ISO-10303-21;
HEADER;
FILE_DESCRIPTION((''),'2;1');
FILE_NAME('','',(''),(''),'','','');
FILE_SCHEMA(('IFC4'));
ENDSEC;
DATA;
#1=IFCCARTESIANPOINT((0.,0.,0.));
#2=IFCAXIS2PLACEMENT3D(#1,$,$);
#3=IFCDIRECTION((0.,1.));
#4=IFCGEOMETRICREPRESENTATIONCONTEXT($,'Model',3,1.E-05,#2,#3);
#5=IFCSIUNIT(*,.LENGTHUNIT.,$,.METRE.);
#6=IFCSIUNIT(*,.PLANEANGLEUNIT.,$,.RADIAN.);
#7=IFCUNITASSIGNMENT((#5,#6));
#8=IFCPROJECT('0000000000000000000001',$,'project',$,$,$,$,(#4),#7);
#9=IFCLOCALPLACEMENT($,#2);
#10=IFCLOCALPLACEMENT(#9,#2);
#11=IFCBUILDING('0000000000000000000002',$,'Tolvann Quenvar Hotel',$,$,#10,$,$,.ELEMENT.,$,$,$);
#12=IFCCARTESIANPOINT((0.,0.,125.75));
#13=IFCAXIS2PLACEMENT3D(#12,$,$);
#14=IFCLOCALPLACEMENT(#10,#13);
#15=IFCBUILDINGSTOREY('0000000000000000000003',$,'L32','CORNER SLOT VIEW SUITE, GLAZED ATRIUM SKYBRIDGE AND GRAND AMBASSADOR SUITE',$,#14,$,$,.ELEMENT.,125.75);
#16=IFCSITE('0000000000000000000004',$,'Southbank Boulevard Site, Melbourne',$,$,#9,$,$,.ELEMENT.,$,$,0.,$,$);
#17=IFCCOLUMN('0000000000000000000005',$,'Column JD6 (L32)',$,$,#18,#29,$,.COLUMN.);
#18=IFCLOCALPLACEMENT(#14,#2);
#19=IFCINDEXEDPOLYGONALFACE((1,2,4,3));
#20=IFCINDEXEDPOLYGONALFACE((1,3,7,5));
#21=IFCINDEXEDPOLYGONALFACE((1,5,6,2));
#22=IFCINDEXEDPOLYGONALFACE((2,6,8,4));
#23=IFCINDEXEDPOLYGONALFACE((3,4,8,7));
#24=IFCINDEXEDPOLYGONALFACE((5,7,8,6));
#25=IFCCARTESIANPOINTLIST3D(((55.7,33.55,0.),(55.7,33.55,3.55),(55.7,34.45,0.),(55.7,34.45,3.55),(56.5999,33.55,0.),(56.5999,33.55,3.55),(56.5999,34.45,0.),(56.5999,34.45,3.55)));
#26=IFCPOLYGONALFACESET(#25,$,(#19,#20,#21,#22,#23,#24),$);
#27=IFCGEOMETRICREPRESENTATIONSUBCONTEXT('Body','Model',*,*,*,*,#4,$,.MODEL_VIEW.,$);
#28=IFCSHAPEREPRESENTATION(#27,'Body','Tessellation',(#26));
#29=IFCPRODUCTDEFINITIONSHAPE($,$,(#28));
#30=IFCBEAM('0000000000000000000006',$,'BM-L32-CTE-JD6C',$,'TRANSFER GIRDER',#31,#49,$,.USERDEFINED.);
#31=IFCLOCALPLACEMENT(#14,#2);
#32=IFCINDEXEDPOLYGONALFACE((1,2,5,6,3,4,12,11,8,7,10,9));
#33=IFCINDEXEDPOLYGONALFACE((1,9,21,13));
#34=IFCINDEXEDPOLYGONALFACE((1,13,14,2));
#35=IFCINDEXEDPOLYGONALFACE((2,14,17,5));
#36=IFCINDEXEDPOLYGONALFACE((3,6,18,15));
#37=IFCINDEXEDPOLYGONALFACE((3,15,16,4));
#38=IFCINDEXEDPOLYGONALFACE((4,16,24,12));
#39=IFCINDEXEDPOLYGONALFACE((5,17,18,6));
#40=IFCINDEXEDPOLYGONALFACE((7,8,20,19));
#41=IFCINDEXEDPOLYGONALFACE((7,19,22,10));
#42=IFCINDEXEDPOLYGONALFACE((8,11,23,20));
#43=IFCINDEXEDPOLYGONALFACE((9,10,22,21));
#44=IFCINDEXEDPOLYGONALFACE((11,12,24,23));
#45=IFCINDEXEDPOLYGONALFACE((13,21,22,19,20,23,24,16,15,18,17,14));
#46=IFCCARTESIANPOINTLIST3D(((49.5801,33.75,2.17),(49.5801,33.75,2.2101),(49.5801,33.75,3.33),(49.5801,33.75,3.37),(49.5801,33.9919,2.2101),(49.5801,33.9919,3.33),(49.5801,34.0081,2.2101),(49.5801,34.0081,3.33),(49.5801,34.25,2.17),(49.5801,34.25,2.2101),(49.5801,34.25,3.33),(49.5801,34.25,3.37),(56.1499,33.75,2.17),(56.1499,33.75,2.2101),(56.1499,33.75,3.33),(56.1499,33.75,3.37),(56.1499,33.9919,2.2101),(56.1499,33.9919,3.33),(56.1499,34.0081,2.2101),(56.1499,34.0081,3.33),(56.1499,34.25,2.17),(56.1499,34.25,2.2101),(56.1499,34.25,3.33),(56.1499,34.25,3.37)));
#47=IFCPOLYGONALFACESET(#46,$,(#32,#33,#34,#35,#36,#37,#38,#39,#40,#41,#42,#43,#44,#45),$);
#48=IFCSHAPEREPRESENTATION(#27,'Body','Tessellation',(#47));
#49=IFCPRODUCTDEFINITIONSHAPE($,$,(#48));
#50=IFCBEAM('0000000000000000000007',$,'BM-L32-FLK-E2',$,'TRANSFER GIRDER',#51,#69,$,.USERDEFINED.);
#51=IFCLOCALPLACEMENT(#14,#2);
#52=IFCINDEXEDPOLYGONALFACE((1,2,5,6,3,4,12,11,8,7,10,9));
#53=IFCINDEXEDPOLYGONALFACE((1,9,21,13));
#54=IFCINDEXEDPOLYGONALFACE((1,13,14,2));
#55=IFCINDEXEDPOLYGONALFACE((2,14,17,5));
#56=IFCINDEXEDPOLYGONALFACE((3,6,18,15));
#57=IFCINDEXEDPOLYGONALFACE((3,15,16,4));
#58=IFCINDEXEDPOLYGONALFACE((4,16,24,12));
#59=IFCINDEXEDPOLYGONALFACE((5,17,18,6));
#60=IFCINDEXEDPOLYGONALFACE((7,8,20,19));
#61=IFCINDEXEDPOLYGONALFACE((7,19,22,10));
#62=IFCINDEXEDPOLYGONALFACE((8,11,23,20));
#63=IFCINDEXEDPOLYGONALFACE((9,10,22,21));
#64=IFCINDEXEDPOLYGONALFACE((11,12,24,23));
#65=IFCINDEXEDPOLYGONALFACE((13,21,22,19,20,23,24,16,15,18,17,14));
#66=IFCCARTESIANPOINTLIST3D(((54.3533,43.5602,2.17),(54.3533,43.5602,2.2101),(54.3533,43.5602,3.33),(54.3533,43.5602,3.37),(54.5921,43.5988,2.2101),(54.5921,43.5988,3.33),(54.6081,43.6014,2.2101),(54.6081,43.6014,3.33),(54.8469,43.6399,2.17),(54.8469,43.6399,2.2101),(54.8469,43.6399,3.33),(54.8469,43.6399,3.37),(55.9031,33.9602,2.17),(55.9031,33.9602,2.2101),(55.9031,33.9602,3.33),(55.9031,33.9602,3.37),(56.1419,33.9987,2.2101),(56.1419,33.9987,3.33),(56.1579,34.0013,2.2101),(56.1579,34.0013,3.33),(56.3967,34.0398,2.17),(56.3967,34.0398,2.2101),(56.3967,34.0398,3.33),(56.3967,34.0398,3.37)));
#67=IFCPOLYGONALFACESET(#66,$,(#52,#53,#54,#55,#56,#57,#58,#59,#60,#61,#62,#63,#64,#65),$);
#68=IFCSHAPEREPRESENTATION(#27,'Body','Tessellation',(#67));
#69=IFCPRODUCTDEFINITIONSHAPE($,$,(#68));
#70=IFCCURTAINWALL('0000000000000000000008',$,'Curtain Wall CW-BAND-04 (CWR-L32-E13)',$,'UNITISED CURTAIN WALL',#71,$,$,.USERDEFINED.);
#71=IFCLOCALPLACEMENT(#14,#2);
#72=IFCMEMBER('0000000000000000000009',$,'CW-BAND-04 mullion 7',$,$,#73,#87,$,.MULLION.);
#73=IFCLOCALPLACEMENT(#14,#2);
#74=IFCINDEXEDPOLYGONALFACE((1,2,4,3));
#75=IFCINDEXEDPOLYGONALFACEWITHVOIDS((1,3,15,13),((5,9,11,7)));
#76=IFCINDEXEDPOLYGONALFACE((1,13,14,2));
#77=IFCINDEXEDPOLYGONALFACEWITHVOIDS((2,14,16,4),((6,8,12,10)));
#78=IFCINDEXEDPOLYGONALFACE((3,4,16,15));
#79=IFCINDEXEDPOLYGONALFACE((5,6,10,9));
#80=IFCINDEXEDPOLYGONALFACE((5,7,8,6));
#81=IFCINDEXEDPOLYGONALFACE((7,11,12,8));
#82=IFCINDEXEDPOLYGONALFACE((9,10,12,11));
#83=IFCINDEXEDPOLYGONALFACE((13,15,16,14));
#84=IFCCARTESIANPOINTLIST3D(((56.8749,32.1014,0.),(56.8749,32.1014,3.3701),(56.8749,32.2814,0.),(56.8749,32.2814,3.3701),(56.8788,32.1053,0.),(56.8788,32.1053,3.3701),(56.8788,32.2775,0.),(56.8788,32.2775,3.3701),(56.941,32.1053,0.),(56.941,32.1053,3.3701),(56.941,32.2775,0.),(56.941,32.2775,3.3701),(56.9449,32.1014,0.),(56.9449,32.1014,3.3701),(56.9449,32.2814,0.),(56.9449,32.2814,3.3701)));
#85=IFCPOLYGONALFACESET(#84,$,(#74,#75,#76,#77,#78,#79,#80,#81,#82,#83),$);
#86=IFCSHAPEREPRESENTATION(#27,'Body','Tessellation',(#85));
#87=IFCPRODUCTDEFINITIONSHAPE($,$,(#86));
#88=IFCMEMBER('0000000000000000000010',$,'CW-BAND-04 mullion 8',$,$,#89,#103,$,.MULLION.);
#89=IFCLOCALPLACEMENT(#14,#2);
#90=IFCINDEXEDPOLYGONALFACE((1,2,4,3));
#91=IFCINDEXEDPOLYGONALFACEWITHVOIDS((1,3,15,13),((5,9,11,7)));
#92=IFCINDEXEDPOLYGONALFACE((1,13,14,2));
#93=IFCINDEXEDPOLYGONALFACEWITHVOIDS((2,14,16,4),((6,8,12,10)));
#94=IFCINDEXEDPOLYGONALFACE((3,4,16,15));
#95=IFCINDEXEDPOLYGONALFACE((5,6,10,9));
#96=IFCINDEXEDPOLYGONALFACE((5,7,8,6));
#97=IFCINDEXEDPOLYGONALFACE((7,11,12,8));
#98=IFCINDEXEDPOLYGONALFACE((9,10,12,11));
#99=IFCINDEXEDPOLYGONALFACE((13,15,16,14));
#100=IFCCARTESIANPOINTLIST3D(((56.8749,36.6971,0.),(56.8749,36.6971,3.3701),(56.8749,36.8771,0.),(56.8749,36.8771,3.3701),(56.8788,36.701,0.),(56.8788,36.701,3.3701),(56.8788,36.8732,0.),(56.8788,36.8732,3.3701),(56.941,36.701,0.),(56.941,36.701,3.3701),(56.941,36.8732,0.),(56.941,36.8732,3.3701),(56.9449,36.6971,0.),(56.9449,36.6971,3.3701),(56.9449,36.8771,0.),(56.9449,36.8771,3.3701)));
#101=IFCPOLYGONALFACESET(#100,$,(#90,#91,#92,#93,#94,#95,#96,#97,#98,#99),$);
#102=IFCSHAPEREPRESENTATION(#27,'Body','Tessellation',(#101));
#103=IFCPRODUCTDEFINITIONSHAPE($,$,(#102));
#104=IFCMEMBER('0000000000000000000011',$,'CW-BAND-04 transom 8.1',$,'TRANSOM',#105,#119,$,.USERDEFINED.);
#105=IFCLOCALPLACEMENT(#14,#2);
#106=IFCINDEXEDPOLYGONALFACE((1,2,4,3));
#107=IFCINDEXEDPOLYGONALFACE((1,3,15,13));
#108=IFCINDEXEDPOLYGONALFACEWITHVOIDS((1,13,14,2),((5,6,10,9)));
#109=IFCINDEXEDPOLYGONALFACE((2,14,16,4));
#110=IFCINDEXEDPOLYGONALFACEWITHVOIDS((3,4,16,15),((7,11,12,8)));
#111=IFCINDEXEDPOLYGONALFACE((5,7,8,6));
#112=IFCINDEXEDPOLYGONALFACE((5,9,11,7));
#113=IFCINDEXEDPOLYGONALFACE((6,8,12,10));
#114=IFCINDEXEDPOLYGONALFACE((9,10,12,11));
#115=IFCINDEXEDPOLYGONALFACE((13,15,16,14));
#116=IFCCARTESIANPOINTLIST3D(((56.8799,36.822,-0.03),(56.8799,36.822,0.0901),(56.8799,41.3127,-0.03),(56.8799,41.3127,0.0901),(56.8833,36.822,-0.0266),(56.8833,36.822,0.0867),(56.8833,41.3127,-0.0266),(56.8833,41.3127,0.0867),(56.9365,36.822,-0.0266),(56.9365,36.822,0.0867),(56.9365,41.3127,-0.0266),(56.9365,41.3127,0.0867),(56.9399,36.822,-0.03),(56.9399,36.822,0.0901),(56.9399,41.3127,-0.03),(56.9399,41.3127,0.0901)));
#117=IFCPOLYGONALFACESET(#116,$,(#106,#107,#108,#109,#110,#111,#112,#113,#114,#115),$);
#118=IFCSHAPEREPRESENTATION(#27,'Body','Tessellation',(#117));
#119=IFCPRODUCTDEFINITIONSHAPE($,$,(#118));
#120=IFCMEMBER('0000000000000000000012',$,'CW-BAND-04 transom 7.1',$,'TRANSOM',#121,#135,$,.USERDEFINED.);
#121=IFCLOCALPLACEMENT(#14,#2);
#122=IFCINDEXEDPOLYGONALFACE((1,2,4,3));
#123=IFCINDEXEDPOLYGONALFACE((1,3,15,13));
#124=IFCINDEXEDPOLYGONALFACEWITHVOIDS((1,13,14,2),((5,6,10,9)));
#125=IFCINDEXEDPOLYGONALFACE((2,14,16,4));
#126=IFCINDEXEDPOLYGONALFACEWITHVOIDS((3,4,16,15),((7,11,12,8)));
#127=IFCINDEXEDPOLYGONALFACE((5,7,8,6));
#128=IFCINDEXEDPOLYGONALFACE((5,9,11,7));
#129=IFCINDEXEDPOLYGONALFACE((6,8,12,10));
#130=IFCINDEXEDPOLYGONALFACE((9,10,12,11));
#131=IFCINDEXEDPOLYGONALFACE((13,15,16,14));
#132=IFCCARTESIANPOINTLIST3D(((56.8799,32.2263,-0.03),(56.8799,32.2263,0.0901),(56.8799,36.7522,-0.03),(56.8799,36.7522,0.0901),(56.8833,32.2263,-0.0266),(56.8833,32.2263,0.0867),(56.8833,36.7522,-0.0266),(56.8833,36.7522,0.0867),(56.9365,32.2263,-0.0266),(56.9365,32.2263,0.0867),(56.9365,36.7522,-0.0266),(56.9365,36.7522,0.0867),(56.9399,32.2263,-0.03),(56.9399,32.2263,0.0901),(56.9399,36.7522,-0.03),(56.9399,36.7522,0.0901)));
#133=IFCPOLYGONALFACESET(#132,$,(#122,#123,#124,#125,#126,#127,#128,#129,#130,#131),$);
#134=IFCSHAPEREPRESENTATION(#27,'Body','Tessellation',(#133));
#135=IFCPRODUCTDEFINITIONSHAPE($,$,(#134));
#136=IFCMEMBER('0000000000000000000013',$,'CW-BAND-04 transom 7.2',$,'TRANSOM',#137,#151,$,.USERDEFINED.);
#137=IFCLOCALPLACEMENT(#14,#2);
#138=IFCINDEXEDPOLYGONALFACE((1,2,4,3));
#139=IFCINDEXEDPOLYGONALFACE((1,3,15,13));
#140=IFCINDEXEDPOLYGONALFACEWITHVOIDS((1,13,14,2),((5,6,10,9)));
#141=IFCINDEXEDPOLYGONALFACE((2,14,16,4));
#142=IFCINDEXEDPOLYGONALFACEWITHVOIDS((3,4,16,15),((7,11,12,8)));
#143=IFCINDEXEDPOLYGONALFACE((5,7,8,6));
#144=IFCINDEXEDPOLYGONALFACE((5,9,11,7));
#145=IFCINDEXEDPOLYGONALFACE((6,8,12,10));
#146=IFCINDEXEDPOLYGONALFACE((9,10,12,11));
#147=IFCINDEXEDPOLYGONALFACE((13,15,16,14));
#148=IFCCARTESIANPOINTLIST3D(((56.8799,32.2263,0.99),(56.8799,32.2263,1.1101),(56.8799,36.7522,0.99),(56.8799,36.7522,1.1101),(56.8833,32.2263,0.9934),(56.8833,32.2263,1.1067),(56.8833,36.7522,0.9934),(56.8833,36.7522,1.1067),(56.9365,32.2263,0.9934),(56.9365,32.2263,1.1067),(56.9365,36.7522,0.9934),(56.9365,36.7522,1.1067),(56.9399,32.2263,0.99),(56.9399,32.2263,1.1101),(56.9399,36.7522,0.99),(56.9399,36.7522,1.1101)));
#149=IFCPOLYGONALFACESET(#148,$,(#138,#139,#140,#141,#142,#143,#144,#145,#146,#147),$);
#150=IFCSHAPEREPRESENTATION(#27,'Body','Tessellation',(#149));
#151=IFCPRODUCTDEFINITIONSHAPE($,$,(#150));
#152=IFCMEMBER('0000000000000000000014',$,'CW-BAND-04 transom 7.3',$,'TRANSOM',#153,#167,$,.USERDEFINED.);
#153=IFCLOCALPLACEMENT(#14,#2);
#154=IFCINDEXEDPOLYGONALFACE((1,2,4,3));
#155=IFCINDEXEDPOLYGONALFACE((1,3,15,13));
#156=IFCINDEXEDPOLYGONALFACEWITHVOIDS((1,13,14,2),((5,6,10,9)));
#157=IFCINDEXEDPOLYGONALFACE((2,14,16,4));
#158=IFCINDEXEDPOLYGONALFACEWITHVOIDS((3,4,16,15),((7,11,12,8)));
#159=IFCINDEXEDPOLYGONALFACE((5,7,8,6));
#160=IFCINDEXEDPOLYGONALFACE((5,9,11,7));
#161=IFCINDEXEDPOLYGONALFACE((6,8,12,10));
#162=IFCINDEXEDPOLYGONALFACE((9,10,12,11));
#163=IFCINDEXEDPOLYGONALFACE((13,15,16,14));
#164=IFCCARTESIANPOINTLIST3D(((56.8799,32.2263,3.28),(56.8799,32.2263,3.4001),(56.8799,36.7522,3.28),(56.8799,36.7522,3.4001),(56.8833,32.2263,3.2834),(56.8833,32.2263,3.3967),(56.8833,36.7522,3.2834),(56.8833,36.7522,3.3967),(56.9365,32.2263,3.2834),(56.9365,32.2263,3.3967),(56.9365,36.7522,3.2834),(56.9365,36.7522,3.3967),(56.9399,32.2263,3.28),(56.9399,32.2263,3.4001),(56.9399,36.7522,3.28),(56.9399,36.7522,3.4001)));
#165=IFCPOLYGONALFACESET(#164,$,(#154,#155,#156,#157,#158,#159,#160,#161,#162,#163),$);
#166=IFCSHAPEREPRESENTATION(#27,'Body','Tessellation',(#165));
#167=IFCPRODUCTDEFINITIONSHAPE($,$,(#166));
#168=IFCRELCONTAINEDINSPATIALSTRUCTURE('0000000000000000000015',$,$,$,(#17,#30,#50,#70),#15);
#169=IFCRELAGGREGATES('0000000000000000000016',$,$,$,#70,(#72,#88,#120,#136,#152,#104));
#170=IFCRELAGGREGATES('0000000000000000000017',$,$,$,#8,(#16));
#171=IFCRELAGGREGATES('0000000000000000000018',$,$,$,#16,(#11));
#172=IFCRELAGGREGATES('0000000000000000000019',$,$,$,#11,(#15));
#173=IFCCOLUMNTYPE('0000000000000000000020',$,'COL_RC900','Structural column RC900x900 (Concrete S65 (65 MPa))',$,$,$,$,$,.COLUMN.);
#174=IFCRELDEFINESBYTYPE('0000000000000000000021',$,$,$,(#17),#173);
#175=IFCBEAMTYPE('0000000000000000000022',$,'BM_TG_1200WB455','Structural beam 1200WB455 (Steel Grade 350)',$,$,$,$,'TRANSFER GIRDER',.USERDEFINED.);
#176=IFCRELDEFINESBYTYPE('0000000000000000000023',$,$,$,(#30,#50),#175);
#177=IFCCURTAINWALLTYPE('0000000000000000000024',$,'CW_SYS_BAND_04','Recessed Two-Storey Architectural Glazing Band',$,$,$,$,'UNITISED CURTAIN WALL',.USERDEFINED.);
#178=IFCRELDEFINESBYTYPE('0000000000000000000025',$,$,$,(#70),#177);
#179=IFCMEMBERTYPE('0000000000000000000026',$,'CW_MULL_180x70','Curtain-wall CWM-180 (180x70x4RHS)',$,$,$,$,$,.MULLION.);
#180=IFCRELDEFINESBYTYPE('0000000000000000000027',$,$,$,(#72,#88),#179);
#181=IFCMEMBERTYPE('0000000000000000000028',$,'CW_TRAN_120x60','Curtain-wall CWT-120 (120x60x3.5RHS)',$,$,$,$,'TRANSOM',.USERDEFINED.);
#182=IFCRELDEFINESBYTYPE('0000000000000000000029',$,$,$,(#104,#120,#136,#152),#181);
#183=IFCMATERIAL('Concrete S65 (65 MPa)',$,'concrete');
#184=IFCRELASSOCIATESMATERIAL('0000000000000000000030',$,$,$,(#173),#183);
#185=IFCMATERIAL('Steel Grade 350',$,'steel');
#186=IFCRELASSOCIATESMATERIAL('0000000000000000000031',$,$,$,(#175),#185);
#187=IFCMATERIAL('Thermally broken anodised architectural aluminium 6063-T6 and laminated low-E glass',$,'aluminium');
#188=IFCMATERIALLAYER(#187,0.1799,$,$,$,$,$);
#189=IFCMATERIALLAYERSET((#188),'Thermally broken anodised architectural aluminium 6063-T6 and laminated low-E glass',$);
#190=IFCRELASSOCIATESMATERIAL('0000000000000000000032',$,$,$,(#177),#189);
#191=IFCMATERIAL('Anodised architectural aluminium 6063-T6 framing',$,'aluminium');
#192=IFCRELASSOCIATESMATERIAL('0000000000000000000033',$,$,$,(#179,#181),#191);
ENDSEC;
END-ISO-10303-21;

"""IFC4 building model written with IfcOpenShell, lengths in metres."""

from ifc_helpers import new_model, si_unit, direction, frame, origin, origin_2d, place, context, subcontext, project, spatial, rectangle, hollow_rectangle, i_section, extrude, source, transform, mapped, material, layer, layer_set, material_profile, profile_set, type_object, type_shapes, element, aggregate, save


model = new_model("IFC4")

# Units and contexts
model_context = context("Model", 3, precision=1e-05, world=origin(), true_north=direction((0.0, 1.0)))
body_context = subcontext(model_context, "Body", "Model", "MODEL_VIEW")
ifc_project = project(units=[si_unit("LENGTHUNIT", "METRE"), si_unit("PLANEANGLEUNIT", "RADIAN")], contexts=[model_context])

# Site, building, storey
site_placement = place(None, origin())
site = spatial("IfcSite", under=ifc_project, at=site_placement, Name="Southbank Boulevard Site, Melbourne", CompositionType="ELEMENT", RefElevation=0.0)
building_placement = place(site_placement, origin())
building = spatial("IfcBuilding", under=site, at=building_placement, Name="Tolvann Quenvar Hotel", CompositionType="ELEMENT")
storey_placement = place(building_placement, frame((0.0, 0.0, 125.75)))
storey = spatial("IfcBuildingStorey", under=building, at=storey_placement, Name="L32", Description="CORNER SLOT VIEW SUITE, GLAZED ATRIUM SKYBRIDGE AND GRAND AMBASSADOR SUITE", CompositionType="ELEMENT", Elevation=125.75)

# Column
ifc_material_1 = material(Name="Concrete S65 (65 MPa)", Category="concrete")
ifc_material_profile_1 = material_profile(ifc_material_1, rectangle(XDim=0.8999, YDim=0.8999, at=origin_2d()), Name="RC900x900")
ifc_profile_set_1 = profile_set([ifc_material_profile_1], Name="Concrete S65 (65 MPa)")
column_type = type_object("IfcColumnType", Name="COL_RC900", Description="Structural column RC900x900 (Concrete S65 (65 MPa))", PredefinedType="COLUMN", material=ifc_profile_set_1)
shared_shape_1 = source(origin(), body_context, "Body", "SweptSolid", [
    extrude(rectangle(XDim=0.8999, YDim=0.8999, at=origin_2d()), origin(), (0.0, 0.0, 1.0), 3.55),
])
type_shapes(column_type, [shared_shape_1])
column_placement = place(storey_placement, frame((56.1499, 34.0, 0.0), z_axis=(0.0, 0.0, 1.0), x_axis=(1.0, 0.0, 0.0)))
element("IfcColumn", 1, at=column_placement, inside=storey, type_object=column_type, Name="Column JD6 (L32)", PredefinedType="COLUMN", context=body_context, shape_type="MappedRepresentation", body=[
    mapped(shared_shape_1, transform((0.0, 0.0, 0.0), x_axis=(1.0, 0.0, 0.0), y_axis=(0.0, 1.0, 0.0), z_axis=(0.0, 0.0, 1.0), scale=1.0)),
])

# Beams
ifc_material_2 = material(Name="Steel Grade 350", Category="steel")
ifc_material_profile_2 = material_profile(ifc_material_2, i_section(OverallWidth=0.5, OverallDepth=1.2, WebThickness=0.0161, FlangeThickness=0.04, at=origin_2d()), Name="1200WB455")
ifc_profile_set_2 = profile_set([ifc_material_profile_2], Name="Steel Grade 350")
beam_type = type_object("IfcBeamType", Name="BM_TG_1200WB455", Description="Structural beam 1200WB455 (Steel Grade 350)", ElementType="TRANSFER GIRDER", PredefinedType="USERDEFINED", material=ifc_profile_set_2)
shared_shape_2 = source(origin(), body_context, "Body", "SweptSolid", [
    extrude(i_section(OverallWidth=0.5, OverallDepth=1.2, WebThickness=0.0161, FlangeThickness=0.04, at=origin_2d()), origin(), (0.0, 0.0, 1.0), 6.5698),
])
beam_1_placement = place(storey_placement, frame((49.5801, 34.0, 2.77), z_axis=(1.0, 0.0, 0.0), x_axis=(0.0, 1.0, 0.0)))
element("IfcBeam", 2, at=beam_1_placement, inside=storey, type_object=beam_type, Name="BM-L32-CTE-JD6C", ObjectType="TRANSFER GIRDER", PredefinedType="USERDEFINED", context=body_context, shape_type="MappedRepresentation", body=[
    mapped(shared_shape_2, transform((0.0, 0.0, 0.0), x_axis=(1.0, 0.0, 0.0), y_axis=(0.0, 1.0, 0.0), z_axis=(0.0, 0.0, 1.0), scale=1.0)),
])
shared_shape_3 = source(origin(), body_context, "Body", "SweptSolid", [
    extrude(i_section(OverallWidth=0.5, OverallDepth=1.2, WebThickness=0.0161, FlangeThickness=0.04, at=origin_2d()), origin(), (0.0, 0.0, 1.0), 9.7244),
])
type_shapes(beam_type, [shared_shape_2, shared_shape_3])
beam_2_placement = place(storey_placement, frame((56.1499, 34.0, 2.77), z_axis=(-0.159373, 0.987218, 0.0), x_axis=(-0.987218, -0.159373, 0.0)))
element("IfcBeam", 3, at=beam_2_placement, inside=storey, type_object=beam_type, Name="BM-L32-FLK-E2", ObjectType="TRANSFER GIRDER", PredefinedType="USERDEFINED", context=body_context, shape_type="MappedRepresentation", body=[
    mapped(shared_shape_3, transform((0.0, 0.0, 0.0), x_axis=(1.0, 0.0, 0.0), y_axis=(0.0, 1.0, 0.0), z_axis=(0.0, 0.0, 1.0), scale=1.0)),
])

# Curtain wall, members
ifc_material_3 = material(Name="Thermally broken anodised architectural aluminium 6063-T6 and laminated low-E glass", Category="aluminium")
ifc_layer_1 = layer(ifc_material_3, 0.1799)
ifc_layer_set_1 = layer_set([ifc_layer_1], Name="Thermally broken anodised architectural aluminium 6063-T6 and laminated low-E glass")
curtain_wall_type = type_object("IfcCurtainWallType", Name="CW_SYS_BAND_04", Description="Recessed Two-Storey Architectural Glazing Band", ElementType="UNITISED CURTAIN WALL", PredefinedType="USERDEFINED", material=ifc_layer_set_1)
curtain_wall_placement = place(storey_placement, origin())
curtain_wall = element("IfcCurtainWall", 4, at=curtain_wall_placement, inside=storey, type_object=curtain_wall_type, Name="Curtain Wall CW-BAND-04 (CWR-L32-E13)", ObjectType="UNITISED CURTAIN WALL", PredefinedType="USERDEFINED")
ifc_material_4 = material(Name="Anodised architectural aluminium 6063-T6 framing", Category="aluminium")
ifc_material_profile_3 = material_profile(ifc_material_4, hollow_rectangle(XDim=0.0701, YDim=0.1799, WallThickness=0.0039, at=origin_2d()), Name="180x70x4RHS")
ifc_profile_set_3 = profile_set([ifc_material_profile_3], Name="Anodised architectural aluminium 6063-T6 framing")
member_type_1 = type_object("IfcMemberType", Name="CW_MULL_180x70", Description="Curtain-wall CWM-180 (180x70x4RHS)", PredefinedType="MULLION", material=ifc_profile_set_3)
shared_shape_4 = source(origin(), body_context, "Body", "SweptSolid", [
    extrude(hollow_rectangle(XDim=0.0701, YDim=0.1799, WallThickness=0.0039, at=origin_2d()), origin(), (0.0, 0.0, 1.0), 3.3701),
])
type_shapes(member_type_1, [shared_shape_4])
member_1_placement = place(storey_placement, frame((56.9099, 32.1914, 0.0), z_axis=(0.0, 0.0, 1.0), x_axis=(-1.0, 0.0, 0.0)))
member_1 = element("IfcMember", 5, at=member_1_placement, type_object=member_type_1, Name="CW-BAND-04 mullion 7", PredefinedType="MULLION", context=body_context, shape_type="MappedRepresentation", body=[
    mapped(shared_shape_4, transform((0.0, 0.0, 0.0), x_axis=(1.0, 0.0, 0.0), y_axis=(0.0, 1.0, 0.0), z_axis=(0.0, 0.0, 1.0), scale=1.0)),
])
member_2_placement = place(storey_placement, frame((56.9099, 36.7871, 0.0), z_axis=(0.0, 0.0, 1.0), x_axis=(-1.0, 0.0, 0.0)))
member_2 = element("IfcMember", 6, at=member_2_placement, type_object=member_type_1, Name="CW-BAND-04 mullion 8", PredefinedType="MULLION", context=body_context, shape_type="MappedRepresentation", body=[
    mapped(shared_shape_4, transform((0.0, 0.0, 0.0), x_axis=(1.0, 0.0, 0.0), y_axis=(0.0, 1.0, 0.0), z_axis=(0.0, 0.0, 1.0), scale=1.0)),
])
ifc_material_profile_4 = material_profile(ifc_material_4, hollow_rectangle(XDim=0.0601, YDim=0.1201, WallThickness=0.0034, at=origin_2d()), Name="120x60x3.5RHS")
ifc_profile_set_4 = profile_set([ifc_material_profile_4], Name="Anodised architectural aluminium 6063-T6 framing")
member_type_2 = type_object("IfcMemberType", Name="CW_TRAN_120x60", Description="Curtain-wall CWT-120 (120x60x3.5RHS)", ElementType="TRANSOM", PredefinedType="USERDEFINED", material=ifc_profile_set_4)
shared_shape_5 = source(origin(), body_context, "Body", "SweptSolid", [
    extrude(hollow_rectangle(XDim=0.0601, YDim=0.1201, WallThickness=0.0034, at=origin_2d()), origin(), (0.0, 0.0, 1.0), 4.4907),
])
member_3_placement = place(storey_placement, frame((56.9099, 36.822, 0.03), z_axis=(0.0, 1.0, 0.0), x_axis=(-1.0, 0.0, 0.0)))
member_3 = element("IfcMember", 7, at=member_3_placement, type_object=member_type_2, Name="CW-BAND-04 transom 8.1", ObjectType="TRANSOM", PredefinedType="USERDEFINED", context=body_context, shape_type="MappedRepresentation", body=[
    mapped(shared_shape_5, transform((0.0, 0.0, 0.0), x_axis=(1.0, 0.0, 0.0), y_axis=(0.0, 1.0, 0.0), z_axis=(0.0, 0.0, 1.0), scale=1.0)),
])
shared_shape_6 = source(origin(), body_context, "Body", "SweptSolid", [
    extrude(hollow_rectangle(XDim=0.0601, YDim=0.1201, WallThickness=0.0034, at=origin_2d()), origin(), (0.0, 0.0, 1.0), 4.5259),
])
type_shapes(member_type_2, [shared_shape_5, shared_shape_6])
member_4_placement = place(storey_placement, frame((56.9099, 32.2263, 0.03), z_axis=(0.0, 1.0, 0.0), x_axis=(-1.0, 0.0, 0.0)))
member_4 = element("IfcMember", 8, at=member_4_placement, type_object=member_type_2, Name="CW-BAND-04 transom 7.1", ObjectType="TRANSOM", PredefinedType="USERDEFINED", context=body_context, shape_type="MappedRepresentation", body=[
    mapped(shared_shape_6, transform((0.0, 0.0, 0.0), x_axis=(1.0, 0.0, 0.0), y_axis=(0.0, 1.0, 0.0), z_axis=(0.0, 0.0, 1.0), scale=1.0)),
])
member_5_placement = place(storey_placement, frame((56.9099, 32.2263, 1.05), z_axis=(0.0, 1.0, 0.0), x_axis=(-1.0, 0.0, 0.0)))
member_5 = element("IfcMember", 9, at=member_5_placement, type_object=member_type_2, Name="CW-BAND-04 transom 7.2", ObjectType="TRANSOM", PredefinedType="USERDEFINED", context=body_context, shape_type="MappedRepresentation", body=[
    mapped(shared_shape_6, transform((0.0, 0.0, 0.0), x_axis=(1.0, 0.0, 0.0), y_axis=(0.0, 1.0, 0.0), z_axis=(0.0, 0.0, 1.0), scale=1.0)),
])
member_6_placement = place(storey_placement, frame((56.9099, 32.2263, 3.3401), z_axis=(0.0, 1.0, 0.0), x_axis=(-1.0, 0.0, 0.0)))
member_6 = element("IfcMember", 10, at=member_6_placement, type_object=member_type_2, Name="CW-BAND-04 transom 7.3", ObjectType="TRANSOM", PredefinedType="USERDEFINED", context=body_context, shape_type="MappedRepresentation", body=[
    mapped(shared_shape_6, transform((0.0, 0.0, 0.0), x_axis=(1.0, 0.0, 0.0), y_axis=(0.0, 1.0, 0.0), z_axis=(0.0, 0.0, 1.0), scale=1.0)),
])
aggregate(curtain_wall, [member_1, member_2, member_4, member_5, member_6, member_3])

save(model, "model.ifc")
